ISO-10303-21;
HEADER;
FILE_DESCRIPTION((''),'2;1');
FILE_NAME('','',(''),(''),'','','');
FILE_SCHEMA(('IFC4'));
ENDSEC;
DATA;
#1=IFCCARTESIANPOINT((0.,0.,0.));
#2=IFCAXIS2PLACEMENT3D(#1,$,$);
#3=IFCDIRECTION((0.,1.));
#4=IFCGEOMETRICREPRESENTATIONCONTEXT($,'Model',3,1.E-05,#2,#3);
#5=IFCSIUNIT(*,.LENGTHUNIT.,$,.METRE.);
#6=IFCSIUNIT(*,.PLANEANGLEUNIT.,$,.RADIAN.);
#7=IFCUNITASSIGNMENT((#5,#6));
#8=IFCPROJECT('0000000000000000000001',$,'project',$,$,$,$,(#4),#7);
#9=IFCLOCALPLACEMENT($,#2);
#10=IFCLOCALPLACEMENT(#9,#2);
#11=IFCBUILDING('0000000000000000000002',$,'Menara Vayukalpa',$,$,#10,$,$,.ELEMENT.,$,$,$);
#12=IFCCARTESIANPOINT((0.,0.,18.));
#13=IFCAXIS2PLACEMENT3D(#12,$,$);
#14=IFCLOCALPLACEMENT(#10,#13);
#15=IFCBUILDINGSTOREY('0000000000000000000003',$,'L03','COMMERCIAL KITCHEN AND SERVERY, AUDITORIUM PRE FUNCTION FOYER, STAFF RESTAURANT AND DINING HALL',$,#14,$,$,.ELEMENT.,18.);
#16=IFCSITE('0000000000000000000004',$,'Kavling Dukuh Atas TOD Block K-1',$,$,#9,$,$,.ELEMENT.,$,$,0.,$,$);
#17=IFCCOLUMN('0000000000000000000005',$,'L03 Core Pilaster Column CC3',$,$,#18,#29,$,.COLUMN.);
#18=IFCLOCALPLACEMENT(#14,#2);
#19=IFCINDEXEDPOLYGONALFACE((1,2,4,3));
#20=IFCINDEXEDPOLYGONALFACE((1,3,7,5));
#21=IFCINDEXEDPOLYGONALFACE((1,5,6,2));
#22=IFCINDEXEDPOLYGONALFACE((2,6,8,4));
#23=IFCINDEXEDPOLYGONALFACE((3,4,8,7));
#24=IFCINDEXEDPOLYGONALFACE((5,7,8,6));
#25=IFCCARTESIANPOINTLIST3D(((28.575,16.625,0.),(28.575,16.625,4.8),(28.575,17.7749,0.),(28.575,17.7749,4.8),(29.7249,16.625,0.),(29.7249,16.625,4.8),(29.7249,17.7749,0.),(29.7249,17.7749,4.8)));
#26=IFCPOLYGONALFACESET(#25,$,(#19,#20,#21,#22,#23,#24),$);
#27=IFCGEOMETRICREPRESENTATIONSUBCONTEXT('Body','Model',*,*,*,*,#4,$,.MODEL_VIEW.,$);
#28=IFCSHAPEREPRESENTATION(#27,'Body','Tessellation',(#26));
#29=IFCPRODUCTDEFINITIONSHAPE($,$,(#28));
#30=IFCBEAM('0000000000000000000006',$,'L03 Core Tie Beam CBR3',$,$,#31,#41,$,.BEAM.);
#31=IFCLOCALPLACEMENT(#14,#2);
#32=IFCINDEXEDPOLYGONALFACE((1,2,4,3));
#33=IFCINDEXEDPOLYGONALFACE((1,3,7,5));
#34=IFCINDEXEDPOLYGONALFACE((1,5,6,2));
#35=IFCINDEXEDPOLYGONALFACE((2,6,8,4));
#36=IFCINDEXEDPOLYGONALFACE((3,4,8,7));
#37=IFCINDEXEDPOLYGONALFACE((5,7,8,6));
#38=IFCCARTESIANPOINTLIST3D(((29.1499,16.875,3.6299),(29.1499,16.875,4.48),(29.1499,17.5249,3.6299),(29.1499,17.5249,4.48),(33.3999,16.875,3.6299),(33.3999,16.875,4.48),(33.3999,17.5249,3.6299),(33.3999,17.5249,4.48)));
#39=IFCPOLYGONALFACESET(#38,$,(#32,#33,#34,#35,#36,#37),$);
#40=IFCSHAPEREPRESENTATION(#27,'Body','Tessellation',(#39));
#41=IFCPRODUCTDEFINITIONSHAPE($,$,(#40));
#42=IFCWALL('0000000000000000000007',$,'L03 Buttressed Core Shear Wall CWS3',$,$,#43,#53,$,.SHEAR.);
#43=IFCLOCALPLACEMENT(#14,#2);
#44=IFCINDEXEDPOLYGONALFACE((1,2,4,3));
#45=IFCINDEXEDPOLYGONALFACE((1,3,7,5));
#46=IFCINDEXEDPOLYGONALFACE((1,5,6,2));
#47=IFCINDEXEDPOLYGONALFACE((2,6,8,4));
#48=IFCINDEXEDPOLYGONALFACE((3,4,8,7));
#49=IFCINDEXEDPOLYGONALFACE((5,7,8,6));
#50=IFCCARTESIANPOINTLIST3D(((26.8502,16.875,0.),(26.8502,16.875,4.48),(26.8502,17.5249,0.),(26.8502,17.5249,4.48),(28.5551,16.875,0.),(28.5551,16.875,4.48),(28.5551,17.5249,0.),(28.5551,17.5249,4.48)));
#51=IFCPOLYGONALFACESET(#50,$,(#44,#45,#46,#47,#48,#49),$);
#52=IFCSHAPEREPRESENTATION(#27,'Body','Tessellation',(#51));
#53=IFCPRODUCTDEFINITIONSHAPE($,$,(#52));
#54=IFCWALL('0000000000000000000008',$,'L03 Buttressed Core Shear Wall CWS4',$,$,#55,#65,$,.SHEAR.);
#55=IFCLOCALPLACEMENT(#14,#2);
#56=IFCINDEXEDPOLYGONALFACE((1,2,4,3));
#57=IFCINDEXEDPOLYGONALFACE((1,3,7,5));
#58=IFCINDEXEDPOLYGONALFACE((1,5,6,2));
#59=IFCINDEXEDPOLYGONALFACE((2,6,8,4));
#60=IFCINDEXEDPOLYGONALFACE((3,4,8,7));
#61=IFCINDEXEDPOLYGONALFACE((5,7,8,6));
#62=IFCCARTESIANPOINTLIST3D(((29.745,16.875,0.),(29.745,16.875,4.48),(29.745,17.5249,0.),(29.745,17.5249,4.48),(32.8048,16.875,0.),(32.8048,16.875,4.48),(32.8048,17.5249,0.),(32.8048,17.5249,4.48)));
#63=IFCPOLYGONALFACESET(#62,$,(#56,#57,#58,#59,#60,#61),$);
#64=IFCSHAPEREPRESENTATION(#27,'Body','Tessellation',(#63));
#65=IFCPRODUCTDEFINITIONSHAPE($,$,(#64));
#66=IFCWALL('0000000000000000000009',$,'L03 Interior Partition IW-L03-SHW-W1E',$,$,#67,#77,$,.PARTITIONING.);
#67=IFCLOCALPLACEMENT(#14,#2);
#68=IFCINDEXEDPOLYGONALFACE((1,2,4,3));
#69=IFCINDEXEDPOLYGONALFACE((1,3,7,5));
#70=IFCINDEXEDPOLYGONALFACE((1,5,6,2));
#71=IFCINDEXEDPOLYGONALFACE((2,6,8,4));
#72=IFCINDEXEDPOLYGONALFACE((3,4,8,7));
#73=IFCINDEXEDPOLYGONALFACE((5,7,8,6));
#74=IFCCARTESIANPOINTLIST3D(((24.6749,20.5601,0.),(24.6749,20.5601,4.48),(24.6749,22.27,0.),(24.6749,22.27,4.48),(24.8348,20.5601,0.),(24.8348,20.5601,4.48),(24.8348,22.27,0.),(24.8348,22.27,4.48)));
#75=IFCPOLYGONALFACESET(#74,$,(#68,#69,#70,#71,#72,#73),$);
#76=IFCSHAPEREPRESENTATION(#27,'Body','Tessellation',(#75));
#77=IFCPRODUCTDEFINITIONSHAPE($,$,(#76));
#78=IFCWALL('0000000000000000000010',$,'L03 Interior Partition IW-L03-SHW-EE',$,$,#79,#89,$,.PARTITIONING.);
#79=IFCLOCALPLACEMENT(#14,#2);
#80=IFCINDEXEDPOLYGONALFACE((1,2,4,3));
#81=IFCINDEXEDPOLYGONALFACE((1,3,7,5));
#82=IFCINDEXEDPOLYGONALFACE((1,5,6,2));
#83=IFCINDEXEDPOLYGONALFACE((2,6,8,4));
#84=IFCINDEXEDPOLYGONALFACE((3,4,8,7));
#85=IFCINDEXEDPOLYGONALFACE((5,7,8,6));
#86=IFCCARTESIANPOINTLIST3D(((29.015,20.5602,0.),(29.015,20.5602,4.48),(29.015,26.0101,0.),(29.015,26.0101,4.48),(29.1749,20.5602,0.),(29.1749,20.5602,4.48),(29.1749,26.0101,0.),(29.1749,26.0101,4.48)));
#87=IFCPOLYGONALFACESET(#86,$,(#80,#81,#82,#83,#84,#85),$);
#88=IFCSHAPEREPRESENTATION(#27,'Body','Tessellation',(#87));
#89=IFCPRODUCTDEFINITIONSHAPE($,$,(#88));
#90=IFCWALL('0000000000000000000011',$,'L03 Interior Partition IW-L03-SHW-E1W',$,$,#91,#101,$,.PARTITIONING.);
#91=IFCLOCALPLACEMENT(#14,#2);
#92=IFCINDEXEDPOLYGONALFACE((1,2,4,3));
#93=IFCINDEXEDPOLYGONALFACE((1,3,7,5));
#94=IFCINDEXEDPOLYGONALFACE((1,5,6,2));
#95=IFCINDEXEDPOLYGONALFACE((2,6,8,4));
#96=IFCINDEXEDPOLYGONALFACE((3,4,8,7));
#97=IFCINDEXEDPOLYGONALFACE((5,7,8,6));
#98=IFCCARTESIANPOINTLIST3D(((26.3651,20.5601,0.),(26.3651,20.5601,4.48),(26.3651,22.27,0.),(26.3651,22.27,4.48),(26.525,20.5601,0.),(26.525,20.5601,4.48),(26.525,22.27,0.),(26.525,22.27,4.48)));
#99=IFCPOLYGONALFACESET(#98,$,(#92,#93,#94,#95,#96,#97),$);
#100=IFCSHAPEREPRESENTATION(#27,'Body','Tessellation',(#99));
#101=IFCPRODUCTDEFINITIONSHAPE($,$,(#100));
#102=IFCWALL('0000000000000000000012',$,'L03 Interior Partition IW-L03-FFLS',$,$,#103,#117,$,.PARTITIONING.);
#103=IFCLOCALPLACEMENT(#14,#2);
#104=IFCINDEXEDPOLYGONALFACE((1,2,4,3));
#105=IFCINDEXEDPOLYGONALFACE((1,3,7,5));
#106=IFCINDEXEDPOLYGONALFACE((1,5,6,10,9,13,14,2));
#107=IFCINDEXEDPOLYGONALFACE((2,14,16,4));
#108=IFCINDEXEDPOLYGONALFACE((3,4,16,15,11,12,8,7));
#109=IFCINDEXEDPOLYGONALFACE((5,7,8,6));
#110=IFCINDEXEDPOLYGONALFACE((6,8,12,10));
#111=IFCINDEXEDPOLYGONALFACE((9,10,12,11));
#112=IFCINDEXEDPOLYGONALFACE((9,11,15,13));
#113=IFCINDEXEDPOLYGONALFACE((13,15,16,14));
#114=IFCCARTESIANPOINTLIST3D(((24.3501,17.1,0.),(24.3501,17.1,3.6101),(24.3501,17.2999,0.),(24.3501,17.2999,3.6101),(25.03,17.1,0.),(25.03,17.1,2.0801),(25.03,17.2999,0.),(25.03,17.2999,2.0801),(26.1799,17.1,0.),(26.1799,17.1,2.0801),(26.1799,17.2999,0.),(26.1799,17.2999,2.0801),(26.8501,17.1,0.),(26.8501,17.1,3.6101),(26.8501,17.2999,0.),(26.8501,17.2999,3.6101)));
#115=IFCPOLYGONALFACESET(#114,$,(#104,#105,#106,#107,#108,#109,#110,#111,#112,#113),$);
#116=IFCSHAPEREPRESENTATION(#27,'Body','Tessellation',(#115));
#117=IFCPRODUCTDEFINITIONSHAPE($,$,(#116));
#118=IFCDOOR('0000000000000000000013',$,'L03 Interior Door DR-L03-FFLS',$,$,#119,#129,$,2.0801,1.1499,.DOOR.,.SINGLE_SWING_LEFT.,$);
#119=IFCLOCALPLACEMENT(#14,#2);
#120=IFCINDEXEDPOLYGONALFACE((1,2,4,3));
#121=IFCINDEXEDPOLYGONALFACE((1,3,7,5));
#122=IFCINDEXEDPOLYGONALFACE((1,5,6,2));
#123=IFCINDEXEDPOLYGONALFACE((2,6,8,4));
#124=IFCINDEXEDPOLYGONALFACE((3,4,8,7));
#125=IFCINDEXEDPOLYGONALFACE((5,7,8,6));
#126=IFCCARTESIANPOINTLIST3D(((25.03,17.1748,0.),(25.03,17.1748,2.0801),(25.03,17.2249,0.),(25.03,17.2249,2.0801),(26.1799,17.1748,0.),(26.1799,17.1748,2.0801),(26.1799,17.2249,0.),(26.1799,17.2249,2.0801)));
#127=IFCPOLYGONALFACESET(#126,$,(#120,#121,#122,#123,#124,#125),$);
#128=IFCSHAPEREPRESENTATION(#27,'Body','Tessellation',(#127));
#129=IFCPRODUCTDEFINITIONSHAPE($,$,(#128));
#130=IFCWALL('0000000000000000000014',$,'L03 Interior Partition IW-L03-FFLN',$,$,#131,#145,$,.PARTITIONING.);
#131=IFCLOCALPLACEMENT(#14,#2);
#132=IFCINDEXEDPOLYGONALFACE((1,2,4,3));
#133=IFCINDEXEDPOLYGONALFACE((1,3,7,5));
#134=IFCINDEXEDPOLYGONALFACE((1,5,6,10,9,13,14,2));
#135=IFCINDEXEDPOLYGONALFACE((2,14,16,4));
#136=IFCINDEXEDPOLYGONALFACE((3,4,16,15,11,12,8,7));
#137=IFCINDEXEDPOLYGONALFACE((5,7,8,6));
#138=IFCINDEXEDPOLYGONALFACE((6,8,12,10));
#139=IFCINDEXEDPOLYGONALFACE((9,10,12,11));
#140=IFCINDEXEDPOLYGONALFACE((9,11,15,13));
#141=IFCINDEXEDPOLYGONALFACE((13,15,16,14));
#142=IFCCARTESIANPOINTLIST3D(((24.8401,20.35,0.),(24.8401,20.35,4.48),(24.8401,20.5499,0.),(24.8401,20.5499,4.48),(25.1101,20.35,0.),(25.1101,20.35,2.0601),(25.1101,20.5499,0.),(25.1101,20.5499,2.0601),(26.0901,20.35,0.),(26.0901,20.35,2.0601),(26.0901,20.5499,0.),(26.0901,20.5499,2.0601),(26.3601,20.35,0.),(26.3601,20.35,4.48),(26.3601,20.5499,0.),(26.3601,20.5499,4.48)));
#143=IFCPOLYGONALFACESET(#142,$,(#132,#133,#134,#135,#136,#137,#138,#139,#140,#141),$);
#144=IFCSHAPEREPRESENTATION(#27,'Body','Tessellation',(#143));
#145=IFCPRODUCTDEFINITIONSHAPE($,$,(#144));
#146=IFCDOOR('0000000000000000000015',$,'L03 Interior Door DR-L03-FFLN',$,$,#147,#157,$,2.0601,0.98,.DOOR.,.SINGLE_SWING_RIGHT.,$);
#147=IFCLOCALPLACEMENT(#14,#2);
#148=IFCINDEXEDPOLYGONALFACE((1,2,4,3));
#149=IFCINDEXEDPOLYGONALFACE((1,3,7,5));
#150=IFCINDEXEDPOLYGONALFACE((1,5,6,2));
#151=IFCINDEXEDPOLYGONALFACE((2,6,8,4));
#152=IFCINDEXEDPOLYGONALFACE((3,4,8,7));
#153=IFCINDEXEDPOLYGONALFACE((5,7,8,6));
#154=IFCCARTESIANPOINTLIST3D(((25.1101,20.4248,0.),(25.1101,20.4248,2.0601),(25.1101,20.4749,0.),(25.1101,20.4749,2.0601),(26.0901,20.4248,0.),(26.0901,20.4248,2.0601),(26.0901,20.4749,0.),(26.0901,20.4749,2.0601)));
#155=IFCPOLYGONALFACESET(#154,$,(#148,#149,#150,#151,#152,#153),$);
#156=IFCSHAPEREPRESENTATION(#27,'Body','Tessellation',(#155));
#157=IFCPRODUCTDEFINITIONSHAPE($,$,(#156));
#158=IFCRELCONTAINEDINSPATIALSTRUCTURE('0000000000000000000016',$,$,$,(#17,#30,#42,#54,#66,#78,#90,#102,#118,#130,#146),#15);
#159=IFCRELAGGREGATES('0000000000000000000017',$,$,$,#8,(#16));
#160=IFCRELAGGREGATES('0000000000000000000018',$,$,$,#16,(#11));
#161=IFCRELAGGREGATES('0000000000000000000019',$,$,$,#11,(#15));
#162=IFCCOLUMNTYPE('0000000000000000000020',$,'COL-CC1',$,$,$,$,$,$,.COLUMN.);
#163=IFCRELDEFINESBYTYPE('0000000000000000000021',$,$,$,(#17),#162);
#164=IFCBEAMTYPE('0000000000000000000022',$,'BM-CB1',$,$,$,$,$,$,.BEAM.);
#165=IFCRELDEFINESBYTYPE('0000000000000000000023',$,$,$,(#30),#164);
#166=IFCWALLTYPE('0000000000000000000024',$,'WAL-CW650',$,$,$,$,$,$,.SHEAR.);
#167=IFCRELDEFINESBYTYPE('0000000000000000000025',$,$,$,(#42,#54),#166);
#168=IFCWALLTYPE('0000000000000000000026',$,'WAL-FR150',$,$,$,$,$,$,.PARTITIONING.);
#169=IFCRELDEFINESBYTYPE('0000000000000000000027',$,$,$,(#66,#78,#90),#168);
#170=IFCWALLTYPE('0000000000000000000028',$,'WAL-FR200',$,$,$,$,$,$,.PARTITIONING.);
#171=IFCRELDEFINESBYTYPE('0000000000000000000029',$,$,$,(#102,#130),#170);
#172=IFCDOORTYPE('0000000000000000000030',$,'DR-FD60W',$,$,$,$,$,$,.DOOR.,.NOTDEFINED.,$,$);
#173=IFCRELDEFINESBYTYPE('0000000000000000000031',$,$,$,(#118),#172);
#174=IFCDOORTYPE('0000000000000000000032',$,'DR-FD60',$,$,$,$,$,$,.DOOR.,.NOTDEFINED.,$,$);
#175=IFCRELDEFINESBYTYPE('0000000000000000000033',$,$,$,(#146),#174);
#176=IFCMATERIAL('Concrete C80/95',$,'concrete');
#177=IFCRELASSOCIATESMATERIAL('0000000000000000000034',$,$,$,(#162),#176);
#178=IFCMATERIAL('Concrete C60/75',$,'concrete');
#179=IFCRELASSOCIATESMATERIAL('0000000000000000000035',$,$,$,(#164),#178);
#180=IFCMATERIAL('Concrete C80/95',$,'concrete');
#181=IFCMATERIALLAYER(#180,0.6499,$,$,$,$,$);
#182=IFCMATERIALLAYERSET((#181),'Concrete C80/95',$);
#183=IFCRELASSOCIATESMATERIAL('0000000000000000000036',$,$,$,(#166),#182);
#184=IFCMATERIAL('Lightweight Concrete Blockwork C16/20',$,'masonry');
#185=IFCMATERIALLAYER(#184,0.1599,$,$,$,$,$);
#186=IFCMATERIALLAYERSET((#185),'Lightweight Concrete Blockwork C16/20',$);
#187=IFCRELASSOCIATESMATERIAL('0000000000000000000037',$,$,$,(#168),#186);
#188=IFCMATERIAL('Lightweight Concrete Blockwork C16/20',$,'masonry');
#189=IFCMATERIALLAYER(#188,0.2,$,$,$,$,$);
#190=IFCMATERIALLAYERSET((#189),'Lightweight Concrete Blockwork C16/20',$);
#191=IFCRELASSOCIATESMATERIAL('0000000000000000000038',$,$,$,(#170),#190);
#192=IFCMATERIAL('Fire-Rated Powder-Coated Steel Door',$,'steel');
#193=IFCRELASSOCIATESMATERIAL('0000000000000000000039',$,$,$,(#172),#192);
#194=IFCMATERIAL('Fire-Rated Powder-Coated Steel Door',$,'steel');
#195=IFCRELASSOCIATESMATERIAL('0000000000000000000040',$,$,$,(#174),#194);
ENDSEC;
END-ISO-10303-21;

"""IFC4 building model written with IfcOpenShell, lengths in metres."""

from ifc_helpers import new_model, si_unit, direction, frame, frame_2d, origin, origin_2d, place, context, subcontext, project, spatial, rectangle, extrude, material, layer, layer_set, material_profile, profile_set, type_object, element, fill, save


model = new_model("IFC4")

# Units and contexts
model_context = context("Model", 3, precision=1e-05, world=origin(), true_north=direction((0.0, 1.0)))
body_context = subcontext(model_context, "Body", "Model", "MODEL_VIEW")
ifc_project = project(units=[si_unit("LENGTHUNIT", "METRE"), si_unit("PLANEANGLEUNIT", "RADIAN")], contexts=[model_context])

# Site, building, storey
site_placement = place(None, origin())
site = spatial("IfcSite", under=ifc_project, at=site_placement, Name="Kavling Dukuh Atas TOD Block K-1", CompositionType="ELEMENT", RefElevation=0.0)
building_placement = place(site_placement, origin())
building = spatial("IfcBuilding", under=site, at=building_placement, Name="Menara Vayukalpa", CompositionType="ELEMENT")
storey_placement = place(building_placement, frame((0.0, 0.0, 18.0)))
storey = spatial("IfcBuildingStorey", under=building, at=storey_placement, Name="L03", Description="COMMERCIAL KITCHEN AND SERVERY, AUDITORIUM PRE FUNCTION FOYER, STAFF RESTAURANT AND DINING HALL", CompositionType="ELEMENT", Elevation=18.0)

# Column
ifc_material_1 = material(Name="Concrete C80/95", Category="concrete")
ifc_material_profile_1 = material_profile(ifc_material_1, rectangle(XDim=1.1499, YDim=1.1499, at=origin_2d()), Name="RC 1150x1150")
ifc_profile_set_1 = profile_set([ifc_material_profile_1], Name="Concrete C80/95")
column_type = type_object("IfcColumnType", Name="COL-CC1", PredefinedType="COLUMN", material=ifc_profile_set_1)
column_placement = place(storey_placement, frame((29.1499, 17.2, 0.0), z_axis=(0.0, 0.0, 1.0), x_axis=(1.0, 0.0, 0.0)))
element("IfcColumn", 1, at=column_placement, inside=storey, type_object=column_type, Name="L03 Core Pilaster Column CC3", PredefinedType="COLUMN", context=body_context, shape_type="SweptSolid", body=[
    extrude(rectangle(XDim=1.1499, YDim=1.1499, at=origin_2d()), origin(), (0.0, 0.0, 1.0), 4.8),
])

# Beam
ifc_material_2 = material(Name="Concrete C60/75", Category="concrete")
ifc_material_profile_2 = material_profile(ifc_material_2, rectangle(XDim=0.6499, YDim=0.8501, at=origin_2d()), Name="RC 650x850")
ifc_profile_set_2 = profile_set([ifc_material_profile_2], Name="Concrete C60/75")
beam_type = type_object("IfcBeamType", Name="BM-CB1", PredefinedType="BEAM", material=ifc_profile_set_2)
beam_placement = place(storey_placement, frame((29.1499, 17.2, 4.0549), z_axis=(1.0, 0.0, 0.0), x_axis=(0.0, 1.0, 0.0)))
element("IfcBeam", 2, at=beam_placement, inside=storey, type_object=beam_type, Name="L03 Core Tie Beam CBR3", PredefinedType="BEAM", context=body_context, shape_type="SweptSolid", body=[
    extrude(rectangle(XDim=0.6499, YDim=0.8501, at=origin_2d()), origin(), (0.0, 0.0, 1.0), 4.25),
])

# Walls
ifc_material_3 = material(Name="Concrete C80/95", Category="concrete")
ifc_layer_1 = layer(ifc_material_3, 0.6499)
ifc_layer_set_1 = layer_set([ifc_layer_1], Name="Concrete C80/95")
wall_type_1 = type_object("IfcWallType", Name="WAL-CW650", PredefinedType="SHEAR", material=ifc_layer_set_1)
wall_1_placement = place(storey_placement, frame((26.8501, 17.2, 0.0), z_axis=(0.0, 0.0, 1.0), x_axis=(1.0, 0.0, 0.0)))
element("IfcWall", 3, at=wall_1_placement, inside=storey, type_object=wall_type_1, Name="L03 Buttressed Core Shear Wall CWS3", PredefinedType="SHEAR", context=body_context, shape_type="SweptSolid", body=[
    extrude(rectangle(XDim=1.7048, YDim=0.6499, at=frame_2d((0.8525, 0.0))), origin(), (0.0, 0.0, 1.0), 4.48),
])
wall_2_placement = place(storey_placement, frame((29.7451, 17.2, 0.0), z_axis=(0.0, 0.0, 1.0), x_axis=(1.0, 0.0, 0.0)))
element("IfcWall", 4, at=wall_2_placement, inside=storey, type_object=wall_type_1, Name="L03 Buttressed Core Shear Wall CWS4", PredefinedType="SHEAR", context=body_context, shape_type="SweptSolid", body=[
    extrude(rectangle(XDim=3.0598, YDim=0.6499, at=frame_2d((1.5298, 0.0))), origin(), (0.0, 0.0, 1.0), 4.48),
])
ifc_material_4 = material(Name="Lightweight Concrete Blockwork C16/20", Category="masonry")
ifc_layer_2 = layer(ifc_material_4, 0.1599)
ifc_layer_set_2 = layer_set([ifc_layer_2], Name="Lightweight Concrete Blockwork C16/20")
wall_type_2 = type_object("IfcWallType", Name="WAL-FR150", PredefinedType="PARTITIONING", material=ifc_layer_set_2)
wall_3_placement = place(storey_placement, frame((24.7549, 20.5601, 0.0), z_axis=(0.0, 0.0, 1.0), x_axis=(0.0, 1.0, 0.0)))
element("IfcWall", 5, at=wall_3_placement, inside=storey, type_object=wall_type_2, Name="L03 Interior Partition IW-L03-SHW-W1E", PredefinedType="PARTITIONING", context=body_context, shape_type="SweptSolid", body=[
    extrude(rectangle(XDim=1.71, YDim=0.1599, at=frame_2d((0.855, 0.0))), origin(), (0.0, 0.0, 1.0), 4.48),
])
wall_4_placement = place(storey_placement, frame((29.095, 20.5601, 0.0), z_axis=(0.0, 0.0, 1.0), x_axis=(0.0, 1.0, 0.0)))
element("IfcWall", 6, at=wall_4_placement, inside=storey, type_object=wall_type_2, Name="L03 Interior Partition IW-L03-SHW-EE", PredefinedType="PARTITIONING", context=body_context, shape_type="SweptSolid", body=[
    extrude(rectangle(XDim=5.45, YDim=0.1599, at=frame_2d((2.7251, 0.0))), origin(), (0.0, 0.0, 1.0), 4.48),
])
wall_5_placement = place(storey_placement, frame((26.4451, 20.5601, 0.0), z_axis=(0.0, 0.0, 1.0), x_axis=(0.0, 1.0, 0.0)))
element("IfcWall", 7, at=wall_5_placement, inside=storey, type_object=wall_type_2, Name="L03 Interior Partition IW-L03-SHW-E1W", PredefinedType="PARTITIONING", context=body_context, shape_type="SweptSolid", body=[
    extrude(rectangle(XDim=1.71, YDim=0.1599, at=frame_2d((0.855, 0.0))), origin(), (0.0, 0.0, 1.0), 4.48),
])

# Walls, openings, doors
ifc_material_5 = material(Name="Lightweight Concrete Blockwork C16/20", Category="masonry")
ifc_layer_3 = layer(ifc_material_5, 0.2)
ifc_layer_set_3 = layer_set([ifc_layer_3], Name="Lightweight Concrete Blockwork C16/20")
wall_type_3 = type_object("IfcWallType", Name="WAL-FR200", PredefinedType="PARTITIONING", material=ifc_layer_set_3)
wall_6_placement = place(storey_placement, frame((24.3501, 17.2, 0.0), z_axis=(0.0, 0.0, 1.0), x_axis=(1.0, 0.0, 0.0)))
wall_6 = element("IfcWall", 8, at=wall_6_placement, inside=storey, type_object=wall_type_3, Name="L03 Interior Partition IW-L03-FFLS", PredefinedType="PARTITIONING", context=body_context, shape_type="SweptSolid", body=[
    extrude(rectangle(XDim=2.5, YDim=0.2, at=frame_2d((1.25, 0.0))), origin(), (0.0, 0.0, 1.0), 3.6101),
])
opening_1_placement = place(wall_6_placement, frame((0.6799, 0.0, 0.0)))
opening_1 = element("IfcOpeningElement", 9, at=opening_1_placement, cuts=wall_6, PredefinedType="OPENING", context=body_context, shape_type="SweptSolid", body=[
    extrude(rectangle(XDim=1.1499, YDim=2.0801, at=frame_2d((0.575, 1.04))), frame((0.0, 0.1099, 0.0), z_axis=(0.0, -1.0, 0.0), x_axis=(1.0, 0.0, 0.0)), (0.0, 0.0, 1.0), 0.22),
])
ifc_material_6 = material(Name="Fire-Rated Powder-Coated Steel Door", Category="steel")
door_type_1 = type_object("IfcDoorType", Name="DR-FD60W", OperationType="NOTDEFINED", PredefinedType="DOOR", material=ifc_material_6)
door_1_placement = place(opening_1_placement, origin())
door_1 = element("IfcDoor", 10, at=door_1_placement, inside=storey, type_object=door_type_1, Name="L03 Interior Door DR-L03-FFLS", OperationType="SINGLE_SWING_LEFT", OverallHeight=2.0801, OverallWidth=1.1499, PredefinedType="DOOR", context=body_context, shape_type="SweptSolid", body=[
    extrude(rectangle(XDim=1.1499, YDim=2.0801, at=frame_2d((0.575, 1.04))), frame((0.0, 0.0249, 0.0), z_axis=(0.0, -1.0, 0.0), x_axis=(1.0, 0.0, 0.0)), (0.0, 0.0, 1.0), 0.05),
])
fill(opening_1, door_1)
wall_7_placement = place(storey_placement, frame((24.8401, 20.45, 0.0), z_axis=(0.0, 0.0, 1.0), x_axis=(1.0, 0.0, 0.0)))
wall_7 = element("IfcWall", 11, at=wall_7_placement, inside=storey, type_object=wall_type_3, Name="L03 Interior Partition IW-L03-FFLN", PredefinedType="PARTITIONING", context=body_context, shape_type="SweptSolid", body=[
    extrude(rectangle(XDim=1.52, YDim=0.2, at=frame_2d((0.76, 0.0))), origin(), (0.0, 0.0, 1.0), 4.48),
])
opening_2_placement = place(wall_7_placement, frame((0.27, 0.0, 0.0)))
opening_2 = element("IfcOpeningElement", 12, at=opening_2_placement, cuts=wall_7, PredefinedType="OPENING", context=body_context, shape_type="SweptSolid", body=[
    extrude(rectangle(XDim=0.98, YDim=2.0601, at=frame_2d((0.49, 1.03))), frame((0.0, 0.1099, 0.0), z_axis=(0.0, -1.0, 0.0), x_axis=(1.0, 0.0, 0.0)), (0.0, 0.0, 1.0), 0.22),
])
ifc_material_7 = material(Name="Fire-Rated Powder-Coated Steel Door", Category="steel")
door_type_2 = type_object("IfcDoorType", Name="DR-FD60", OperationType="NOTDEFINED", PredefinedType="DOOR", material=ifc_material_7)
door_2_placement = place(opening_2_placement, origin())
door_2 = element("IfcDoor", 13, at=door_2_placement, inside=storey, type_object=door_type_2, Name="L03 Interior Door DR-L03-FFLN", OperationType="SINGLE_SWING_RIGHT", OverallHeight=2.0601, OverallWidth=0.98, PredefinedType="DOOR", context=body_context, shape_type="SweptSolid", body=[
    extrude(rectangle(XDim=0.98, YDim=2.0601, at=frame_2d((0.49, 1.03))), frame((0.0, 0.0249, 0.0), z_axis=(0.0, -1.0, 0.0), x_axis=(1.0, 0.0, 0.0)), (0.0, 0.0, 1.0), 0.05),
])
fill(opening_2, door_2)

save(model, "model.ifc")
